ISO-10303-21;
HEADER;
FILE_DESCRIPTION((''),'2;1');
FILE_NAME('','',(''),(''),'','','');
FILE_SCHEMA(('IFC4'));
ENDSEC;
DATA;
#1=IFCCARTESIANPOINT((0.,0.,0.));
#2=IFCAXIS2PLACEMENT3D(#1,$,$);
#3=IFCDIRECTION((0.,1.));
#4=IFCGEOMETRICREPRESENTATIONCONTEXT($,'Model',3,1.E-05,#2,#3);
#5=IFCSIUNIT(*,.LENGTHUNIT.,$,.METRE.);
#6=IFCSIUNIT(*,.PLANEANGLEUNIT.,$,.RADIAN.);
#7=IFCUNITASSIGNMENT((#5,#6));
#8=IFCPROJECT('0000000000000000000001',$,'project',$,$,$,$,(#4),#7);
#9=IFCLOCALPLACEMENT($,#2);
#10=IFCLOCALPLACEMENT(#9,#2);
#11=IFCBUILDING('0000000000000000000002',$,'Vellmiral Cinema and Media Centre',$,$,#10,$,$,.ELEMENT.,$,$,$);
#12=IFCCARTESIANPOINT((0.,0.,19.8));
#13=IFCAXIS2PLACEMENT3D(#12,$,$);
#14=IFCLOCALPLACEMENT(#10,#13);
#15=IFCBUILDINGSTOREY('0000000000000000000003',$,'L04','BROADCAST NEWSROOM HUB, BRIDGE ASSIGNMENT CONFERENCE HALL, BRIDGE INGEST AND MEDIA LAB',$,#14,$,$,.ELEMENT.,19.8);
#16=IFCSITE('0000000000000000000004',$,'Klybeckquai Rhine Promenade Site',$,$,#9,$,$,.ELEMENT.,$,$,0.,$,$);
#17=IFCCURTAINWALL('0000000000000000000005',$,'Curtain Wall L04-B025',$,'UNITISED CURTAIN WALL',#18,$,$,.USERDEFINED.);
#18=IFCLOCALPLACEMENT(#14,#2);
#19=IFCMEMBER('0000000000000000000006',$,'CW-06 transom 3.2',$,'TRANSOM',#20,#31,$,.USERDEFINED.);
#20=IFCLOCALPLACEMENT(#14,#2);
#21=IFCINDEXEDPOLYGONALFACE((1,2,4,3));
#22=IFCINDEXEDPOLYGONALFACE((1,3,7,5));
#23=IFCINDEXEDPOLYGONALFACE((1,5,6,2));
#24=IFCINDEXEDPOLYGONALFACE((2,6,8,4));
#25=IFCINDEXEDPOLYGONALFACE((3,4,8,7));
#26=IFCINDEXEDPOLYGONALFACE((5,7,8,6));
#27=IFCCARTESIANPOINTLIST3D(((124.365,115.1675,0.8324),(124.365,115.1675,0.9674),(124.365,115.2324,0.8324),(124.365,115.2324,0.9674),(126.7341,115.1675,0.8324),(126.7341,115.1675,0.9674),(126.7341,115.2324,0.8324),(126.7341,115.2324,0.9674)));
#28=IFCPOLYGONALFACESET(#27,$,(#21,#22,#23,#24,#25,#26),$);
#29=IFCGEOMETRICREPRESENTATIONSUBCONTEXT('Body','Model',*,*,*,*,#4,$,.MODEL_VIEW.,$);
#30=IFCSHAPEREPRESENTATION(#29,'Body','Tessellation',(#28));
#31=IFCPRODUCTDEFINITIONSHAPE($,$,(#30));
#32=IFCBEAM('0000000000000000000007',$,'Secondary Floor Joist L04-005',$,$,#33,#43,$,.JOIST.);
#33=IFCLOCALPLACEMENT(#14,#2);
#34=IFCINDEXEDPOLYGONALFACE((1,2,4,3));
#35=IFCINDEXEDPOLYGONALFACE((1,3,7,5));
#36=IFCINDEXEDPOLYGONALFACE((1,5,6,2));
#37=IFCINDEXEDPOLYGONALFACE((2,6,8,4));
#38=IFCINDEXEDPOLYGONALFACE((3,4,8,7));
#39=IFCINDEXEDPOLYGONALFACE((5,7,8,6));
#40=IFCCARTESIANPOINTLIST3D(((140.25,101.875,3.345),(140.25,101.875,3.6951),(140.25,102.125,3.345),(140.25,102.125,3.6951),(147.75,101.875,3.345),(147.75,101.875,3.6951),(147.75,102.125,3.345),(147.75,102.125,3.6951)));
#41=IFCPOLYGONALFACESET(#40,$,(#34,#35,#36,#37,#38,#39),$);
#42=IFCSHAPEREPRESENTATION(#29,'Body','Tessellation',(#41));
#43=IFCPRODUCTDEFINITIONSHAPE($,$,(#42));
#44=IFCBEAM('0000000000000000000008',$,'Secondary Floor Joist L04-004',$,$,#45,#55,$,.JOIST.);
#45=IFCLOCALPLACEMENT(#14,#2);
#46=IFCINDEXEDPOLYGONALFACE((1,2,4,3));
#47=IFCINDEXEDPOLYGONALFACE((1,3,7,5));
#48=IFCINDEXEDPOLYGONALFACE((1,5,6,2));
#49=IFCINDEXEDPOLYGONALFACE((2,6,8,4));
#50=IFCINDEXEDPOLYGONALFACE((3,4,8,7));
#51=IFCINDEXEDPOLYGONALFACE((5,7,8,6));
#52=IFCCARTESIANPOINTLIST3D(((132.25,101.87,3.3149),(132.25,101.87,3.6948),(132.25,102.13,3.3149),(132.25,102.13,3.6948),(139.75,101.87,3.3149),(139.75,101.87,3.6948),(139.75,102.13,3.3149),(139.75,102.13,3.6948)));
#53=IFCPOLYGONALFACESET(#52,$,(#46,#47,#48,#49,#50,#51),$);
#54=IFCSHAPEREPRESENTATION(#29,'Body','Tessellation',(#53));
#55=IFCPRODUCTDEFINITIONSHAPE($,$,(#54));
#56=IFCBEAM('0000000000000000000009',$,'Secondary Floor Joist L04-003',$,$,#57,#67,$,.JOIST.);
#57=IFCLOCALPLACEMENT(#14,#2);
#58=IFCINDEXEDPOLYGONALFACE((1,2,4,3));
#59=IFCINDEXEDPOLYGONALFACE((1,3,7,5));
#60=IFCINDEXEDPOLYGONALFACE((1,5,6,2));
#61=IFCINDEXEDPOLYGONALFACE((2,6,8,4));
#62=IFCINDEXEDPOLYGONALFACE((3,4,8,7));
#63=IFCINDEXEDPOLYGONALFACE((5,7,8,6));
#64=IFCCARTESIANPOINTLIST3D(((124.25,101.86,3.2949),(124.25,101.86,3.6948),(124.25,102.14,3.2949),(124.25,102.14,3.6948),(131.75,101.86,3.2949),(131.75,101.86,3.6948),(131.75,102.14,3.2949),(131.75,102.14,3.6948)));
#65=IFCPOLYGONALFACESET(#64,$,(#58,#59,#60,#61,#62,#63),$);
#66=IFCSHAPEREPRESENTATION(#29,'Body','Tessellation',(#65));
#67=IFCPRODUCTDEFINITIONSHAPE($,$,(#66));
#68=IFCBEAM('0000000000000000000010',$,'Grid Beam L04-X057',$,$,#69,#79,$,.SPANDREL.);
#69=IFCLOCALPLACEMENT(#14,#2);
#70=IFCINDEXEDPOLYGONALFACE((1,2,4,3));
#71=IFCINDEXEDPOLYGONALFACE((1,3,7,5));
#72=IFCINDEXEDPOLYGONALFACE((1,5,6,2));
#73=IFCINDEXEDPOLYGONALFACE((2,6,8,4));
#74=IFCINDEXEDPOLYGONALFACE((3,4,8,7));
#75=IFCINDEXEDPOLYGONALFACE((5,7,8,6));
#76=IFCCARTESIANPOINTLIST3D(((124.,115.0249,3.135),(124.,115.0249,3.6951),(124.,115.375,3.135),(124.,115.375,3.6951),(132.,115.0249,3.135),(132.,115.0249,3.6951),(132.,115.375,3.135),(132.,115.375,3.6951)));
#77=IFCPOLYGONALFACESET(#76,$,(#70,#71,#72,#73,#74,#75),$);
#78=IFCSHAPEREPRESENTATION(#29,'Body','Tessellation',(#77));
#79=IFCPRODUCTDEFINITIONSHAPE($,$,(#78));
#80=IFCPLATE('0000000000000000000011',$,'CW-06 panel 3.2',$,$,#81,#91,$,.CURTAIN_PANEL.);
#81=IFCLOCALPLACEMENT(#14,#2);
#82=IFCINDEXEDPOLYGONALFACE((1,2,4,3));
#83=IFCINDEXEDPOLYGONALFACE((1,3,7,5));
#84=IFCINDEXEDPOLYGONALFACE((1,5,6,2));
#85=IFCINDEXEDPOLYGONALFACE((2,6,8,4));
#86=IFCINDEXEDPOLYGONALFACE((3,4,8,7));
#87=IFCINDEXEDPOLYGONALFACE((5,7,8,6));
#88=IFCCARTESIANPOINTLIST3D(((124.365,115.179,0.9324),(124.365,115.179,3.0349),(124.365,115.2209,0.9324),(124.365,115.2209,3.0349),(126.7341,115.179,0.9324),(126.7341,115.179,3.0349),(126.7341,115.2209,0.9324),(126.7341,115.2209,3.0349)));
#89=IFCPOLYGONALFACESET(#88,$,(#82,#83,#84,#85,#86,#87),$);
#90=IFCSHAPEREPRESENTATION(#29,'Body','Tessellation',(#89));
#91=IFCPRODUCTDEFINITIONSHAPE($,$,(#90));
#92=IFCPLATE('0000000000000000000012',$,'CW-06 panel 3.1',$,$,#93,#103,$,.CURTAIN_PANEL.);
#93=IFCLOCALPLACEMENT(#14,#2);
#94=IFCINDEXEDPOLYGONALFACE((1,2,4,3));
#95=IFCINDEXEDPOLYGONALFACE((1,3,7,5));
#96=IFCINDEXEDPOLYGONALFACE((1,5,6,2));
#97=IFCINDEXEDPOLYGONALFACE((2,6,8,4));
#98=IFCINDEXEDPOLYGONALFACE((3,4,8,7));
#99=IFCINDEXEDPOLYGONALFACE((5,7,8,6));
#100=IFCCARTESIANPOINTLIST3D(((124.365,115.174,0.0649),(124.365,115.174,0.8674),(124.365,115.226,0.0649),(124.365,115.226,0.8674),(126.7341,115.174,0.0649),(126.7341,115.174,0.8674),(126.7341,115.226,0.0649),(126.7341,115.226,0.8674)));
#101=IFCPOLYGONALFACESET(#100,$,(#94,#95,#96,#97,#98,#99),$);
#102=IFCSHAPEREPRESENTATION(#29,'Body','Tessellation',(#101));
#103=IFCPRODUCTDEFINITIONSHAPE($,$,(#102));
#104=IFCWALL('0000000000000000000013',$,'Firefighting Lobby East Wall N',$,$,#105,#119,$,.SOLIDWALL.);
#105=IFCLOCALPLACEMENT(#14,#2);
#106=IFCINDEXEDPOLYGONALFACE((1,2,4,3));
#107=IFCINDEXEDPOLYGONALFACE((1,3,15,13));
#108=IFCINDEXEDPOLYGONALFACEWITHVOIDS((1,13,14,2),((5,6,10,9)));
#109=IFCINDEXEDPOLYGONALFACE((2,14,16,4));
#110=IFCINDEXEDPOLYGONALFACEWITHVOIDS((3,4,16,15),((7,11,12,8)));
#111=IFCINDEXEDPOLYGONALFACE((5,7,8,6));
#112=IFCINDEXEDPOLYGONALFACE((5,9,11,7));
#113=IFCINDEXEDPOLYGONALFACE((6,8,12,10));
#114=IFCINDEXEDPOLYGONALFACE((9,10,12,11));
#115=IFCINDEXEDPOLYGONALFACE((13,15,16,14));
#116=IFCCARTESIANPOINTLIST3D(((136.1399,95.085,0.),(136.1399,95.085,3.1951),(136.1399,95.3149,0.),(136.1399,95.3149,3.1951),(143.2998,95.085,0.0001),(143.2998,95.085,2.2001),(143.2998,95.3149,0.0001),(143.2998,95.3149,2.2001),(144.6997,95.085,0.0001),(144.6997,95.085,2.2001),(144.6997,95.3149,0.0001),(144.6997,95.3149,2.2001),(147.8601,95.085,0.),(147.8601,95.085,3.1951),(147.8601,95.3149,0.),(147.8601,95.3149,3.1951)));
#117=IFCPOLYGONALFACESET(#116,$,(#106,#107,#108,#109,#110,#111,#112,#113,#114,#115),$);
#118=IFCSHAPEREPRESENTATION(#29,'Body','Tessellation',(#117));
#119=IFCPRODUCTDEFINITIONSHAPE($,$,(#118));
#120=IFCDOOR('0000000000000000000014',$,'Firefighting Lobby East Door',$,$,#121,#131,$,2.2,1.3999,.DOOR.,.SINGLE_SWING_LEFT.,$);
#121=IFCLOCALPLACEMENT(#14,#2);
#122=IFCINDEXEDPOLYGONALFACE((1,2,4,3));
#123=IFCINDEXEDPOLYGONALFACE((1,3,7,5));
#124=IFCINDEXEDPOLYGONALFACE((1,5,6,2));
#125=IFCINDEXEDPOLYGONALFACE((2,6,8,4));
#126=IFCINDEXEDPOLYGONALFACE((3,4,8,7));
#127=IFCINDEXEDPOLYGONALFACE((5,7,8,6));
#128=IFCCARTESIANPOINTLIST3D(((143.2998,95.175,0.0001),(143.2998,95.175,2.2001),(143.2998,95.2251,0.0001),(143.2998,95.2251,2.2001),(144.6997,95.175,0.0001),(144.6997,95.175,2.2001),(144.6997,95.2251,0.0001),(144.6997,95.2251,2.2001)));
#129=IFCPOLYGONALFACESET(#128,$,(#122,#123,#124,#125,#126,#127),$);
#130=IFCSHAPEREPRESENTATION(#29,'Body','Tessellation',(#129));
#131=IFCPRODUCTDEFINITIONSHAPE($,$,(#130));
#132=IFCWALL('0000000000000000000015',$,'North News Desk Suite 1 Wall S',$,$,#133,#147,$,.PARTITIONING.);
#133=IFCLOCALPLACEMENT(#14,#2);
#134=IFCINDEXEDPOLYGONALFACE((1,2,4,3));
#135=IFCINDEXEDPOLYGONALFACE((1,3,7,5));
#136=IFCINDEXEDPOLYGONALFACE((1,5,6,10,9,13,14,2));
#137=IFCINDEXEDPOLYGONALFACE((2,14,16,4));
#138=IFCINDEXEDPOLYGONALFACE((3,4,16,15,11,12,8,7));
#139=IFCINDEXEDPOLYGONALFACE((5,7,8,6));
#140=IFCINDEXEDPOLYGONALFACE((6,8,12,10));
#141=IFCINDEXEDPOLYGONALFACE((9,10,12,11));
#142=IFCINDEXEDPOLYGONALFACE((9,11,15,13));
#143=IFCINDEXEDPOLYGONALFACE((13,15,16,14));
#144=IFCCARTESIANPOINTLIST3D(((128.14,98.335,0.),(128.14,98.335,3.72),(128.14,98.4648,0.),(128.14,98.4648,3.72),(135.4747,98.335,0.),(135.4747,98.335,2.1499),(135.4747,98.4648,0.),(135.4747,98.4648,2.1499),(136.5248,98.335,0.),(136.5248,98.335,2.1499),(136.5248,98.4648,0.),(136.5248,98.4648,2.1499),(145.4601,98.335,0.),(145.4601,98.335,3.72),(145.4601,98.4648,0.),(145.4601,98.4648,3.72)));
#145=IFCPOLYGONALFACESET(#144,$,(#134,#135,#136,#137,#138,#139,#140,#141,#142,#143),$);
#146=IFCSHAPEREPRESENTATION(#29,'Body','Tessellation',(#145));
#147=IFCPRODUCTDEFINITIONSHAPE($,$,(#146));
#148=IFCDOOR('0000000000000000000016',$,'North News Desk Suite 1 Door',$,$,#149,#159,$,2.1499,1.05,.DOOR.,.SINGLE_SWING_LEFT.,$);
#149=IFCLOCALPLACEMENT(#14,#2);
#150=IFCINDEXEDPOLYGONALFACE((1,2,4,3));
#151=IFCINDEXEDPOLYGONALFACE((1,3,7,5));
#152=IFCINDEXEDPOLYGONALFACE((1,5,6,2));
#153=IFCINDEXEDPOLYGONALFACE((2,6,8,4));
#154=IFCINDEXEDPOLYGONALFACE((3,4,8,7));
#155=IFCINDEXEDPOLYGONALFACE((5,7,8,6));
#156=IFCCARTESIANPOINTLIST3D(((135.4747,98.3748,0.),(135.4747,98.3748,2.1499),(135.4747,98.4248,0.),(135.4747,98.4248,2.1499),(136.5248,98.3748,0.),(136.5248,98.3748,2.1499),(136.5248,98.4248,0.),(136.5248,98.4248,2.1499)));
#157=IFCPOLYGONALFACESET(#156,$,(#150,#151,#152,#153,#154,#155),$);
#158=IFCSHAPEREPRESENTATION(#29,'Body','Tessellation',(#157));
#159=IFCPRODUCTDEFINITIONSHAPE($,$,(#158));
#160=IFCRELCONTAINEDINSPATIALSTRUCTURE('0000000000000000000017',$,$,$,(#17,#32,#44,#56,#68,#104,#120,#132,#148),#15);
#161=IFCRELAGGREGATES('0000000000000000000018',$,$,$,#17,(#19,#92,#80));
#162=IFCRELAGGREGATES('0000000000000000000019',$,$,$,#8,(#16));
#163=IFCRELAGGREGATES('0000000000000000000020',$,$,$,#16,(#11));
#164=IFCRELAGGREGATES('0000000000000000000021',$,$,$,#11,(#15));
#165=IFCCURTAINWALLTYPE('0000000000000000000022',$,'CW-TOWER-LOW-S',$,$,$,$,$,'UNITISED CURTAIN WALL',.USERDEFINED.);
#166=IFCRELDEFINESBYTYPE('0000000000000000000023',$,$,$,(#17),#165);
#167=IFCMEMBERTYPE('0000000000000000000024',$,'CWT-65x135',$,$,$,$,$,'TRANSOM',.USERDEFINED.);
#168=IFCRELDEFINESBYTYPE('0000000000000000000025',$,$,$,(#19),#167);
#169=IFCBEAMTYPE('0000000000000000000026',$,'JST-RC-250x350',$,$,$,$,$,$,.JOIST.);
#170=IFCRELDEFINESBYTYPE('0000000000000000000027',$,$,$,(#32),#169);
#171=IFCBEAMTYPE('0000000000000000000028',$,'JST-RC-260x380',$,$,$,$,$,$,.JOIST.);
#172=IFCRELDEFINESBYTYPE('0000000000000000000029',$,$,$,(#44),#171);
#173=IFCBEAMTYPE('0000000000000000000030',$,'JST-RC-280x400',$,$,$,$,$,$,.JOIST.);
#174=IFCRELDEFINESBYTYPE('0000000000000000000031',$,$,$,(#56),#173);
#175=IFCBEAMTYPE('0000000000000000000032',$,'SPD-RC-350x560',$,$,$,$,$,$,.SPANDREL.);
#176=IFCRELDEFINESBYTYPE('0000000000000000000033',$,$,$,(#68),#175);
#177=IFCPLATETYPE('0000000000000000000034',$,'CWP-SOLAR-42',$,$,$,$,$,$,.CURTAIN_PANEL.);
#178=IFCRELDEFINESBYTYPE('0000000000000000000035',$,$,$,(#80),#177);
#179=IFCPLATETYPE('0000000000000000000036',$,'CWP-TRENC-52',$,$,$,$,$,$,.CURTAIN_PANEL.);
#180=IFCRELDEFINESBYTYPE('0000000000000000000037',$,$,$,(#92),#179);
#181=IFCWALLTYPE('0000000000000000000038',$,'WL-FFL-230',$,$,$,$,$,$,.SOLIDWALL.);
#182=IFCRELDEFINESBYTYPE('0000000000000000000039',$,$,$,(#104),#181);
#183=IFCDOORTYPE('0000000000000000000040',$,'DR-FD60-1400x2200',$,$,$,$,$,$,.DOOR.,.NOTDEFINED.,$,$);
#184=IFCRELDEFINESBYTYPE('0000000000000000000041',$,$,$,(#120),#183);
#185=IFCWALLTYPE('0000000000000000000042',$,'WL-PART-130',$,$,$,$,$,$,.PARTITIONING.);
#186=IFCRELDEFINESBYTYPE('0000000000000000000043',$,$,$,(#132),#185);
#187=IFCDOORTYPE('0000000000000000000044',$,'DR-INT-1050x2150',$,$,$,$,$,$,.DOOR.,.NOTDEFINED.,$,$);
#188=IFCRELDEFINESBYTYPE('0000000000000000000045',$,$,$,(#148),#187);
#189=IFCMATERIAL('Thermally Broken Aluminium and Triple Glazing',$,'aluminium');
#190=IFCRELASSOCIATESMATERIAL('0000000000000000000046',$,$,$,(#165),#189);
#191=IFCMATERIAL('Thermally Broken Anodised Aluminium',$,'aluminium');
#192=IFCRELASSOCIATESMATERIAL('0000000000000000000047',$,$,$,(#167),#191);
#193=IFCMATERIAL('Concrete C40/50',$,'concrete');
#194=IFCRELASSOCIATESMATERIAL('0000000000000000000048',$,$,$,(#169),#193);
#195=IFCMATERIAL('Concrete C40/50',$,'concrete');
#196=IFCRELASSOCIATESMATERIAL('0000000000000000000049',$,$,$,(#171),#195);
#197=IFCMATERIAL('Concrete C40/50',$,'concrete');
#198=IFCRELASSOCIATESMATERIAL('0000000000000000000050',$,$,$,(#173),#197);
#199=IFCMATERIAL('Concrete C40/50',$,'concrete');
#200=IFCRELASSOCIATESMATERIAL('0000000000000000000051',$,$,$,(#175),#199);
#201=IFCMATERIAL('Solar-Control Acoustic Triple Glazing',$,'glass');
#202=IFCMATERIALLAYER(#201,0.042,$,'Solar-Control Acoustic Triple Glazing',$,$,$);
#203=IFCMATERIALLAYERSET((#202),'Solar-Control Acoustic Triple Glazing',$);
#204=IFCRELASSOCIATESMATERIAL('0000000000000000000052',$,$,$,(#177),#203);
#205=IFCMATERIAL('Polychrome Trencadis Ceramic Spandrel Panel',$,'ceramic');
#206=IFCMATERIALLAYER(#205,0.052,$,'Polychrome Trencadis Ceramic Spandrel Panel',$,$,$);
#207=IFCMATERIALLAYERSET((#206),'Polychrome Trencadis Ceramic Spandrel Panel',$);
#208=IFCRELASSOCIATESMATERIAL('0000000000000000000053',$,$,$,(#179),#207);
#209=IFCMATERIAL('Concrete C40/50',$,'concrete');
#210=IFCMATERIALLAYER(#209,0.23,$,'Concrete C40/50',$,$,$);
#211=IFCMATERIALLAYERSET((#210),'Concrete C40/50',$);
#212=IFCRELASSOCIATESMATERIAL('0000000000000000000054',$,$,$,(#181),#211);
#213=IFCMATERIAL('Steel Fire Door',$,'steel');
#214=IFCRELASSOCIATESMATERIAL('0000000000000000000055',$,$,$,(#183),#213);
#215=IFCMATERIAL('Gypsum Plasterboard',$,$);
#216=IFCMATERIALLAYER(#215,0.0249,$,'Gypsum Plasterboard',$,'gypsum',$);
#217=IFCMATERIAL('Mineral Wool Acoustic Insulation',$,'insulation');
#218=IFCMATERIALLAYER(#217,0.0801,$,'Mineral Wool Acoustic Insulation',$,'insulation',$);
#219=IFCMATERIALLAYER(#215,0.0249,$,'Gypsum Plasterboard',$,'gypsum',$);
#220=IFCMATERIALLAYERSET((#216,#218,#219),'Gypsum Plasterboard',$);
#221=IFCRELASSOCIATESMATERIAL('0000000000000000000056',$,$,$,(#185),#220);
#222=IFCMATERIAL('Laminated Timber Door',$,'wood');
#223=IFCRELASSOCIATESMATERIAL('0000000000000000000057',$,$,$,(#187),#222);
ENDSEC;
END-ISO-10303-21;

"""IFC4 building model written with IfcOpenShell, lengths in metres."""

from ifc_helpers import new_model, si_unit, direction, frame, frame_2d, origin, origin_2d, place, context, subcontext, project, spatial, rectangle, extrude, material, layer, layer_set, material_profile, profile_set, type_object, element, fill, aggregate, save


model = new_model("IFC4")

# Units and contexts
model_context = context("Model", 3, precision=1e-05, world=origin(), true_north=direction((0.0, 1.0)))
body_context = subcontext(model_context, "Body", "Model", "MODEL_VIEW")
ifc_project = project(units=[si_unit("LENGTHUNIT", "METRE"), si_unit("PLANEANGLEUNIT", "RADIAN")], contexts=[model_context])

# Site, building, storey
site_placement = place(None, origin())
site = spatial("IfcSite", under=ifc_project, at=site_placement, Name="Klybeckquai Rhine Promenade Site", CompositionType="ELEMENT", RefElevation=0.0)
building_placement = place(site_placement, origin())
building = spatial("IfcBuilding", under=site, at=building_placement, Name="Vellmiral Cinema and Media Centre", CompositionType="ELEMENT")
storey_placement = place(building_placement, frame((0.0, 0.0, 19.8)))
storey = spatial("IfcBuildingStorey", under=building, at=storey_placement, Name="L04", Description="BROADCAST NEWSROOM HUB, BRIDGE ASSIGNMENT CONFERENCE HALL, BRIDGE INGEST AND MEDIA LAB", CompositionType="ELEMENT", Elevation=19.8)

# Curtain wall, member
ifc_material_1 = material(Name="Thermally Broken Aluminium and Triple Glazing", Category="aluminium")
curtain_wall_type = type_object("IfcCurtainWallType", Name="CW-TOWER-LOW-S", ElementType="UNITISED CURTAIN WALL", PredefinedType="USERDEFINED", material=ifc_material_1)
curtain_wall_placement = place(storey_placement, origin())
curtain_wall = element("IfcCurtainWall", 1, at=curtain_wall_placement, inside=storey, type_object=curtain_wall_type, Name="Curtain Wall L04-B025", ObjectType="UNITISED CURTAIN WALL", PredefinedType="USERDEFINED")
ifc_material_2 = material(Name="Thermally Broken Anodised Aluminium", Category="aluminium")
ifc_material_profile_1 = material_profile(ifc_material_2, rectangle(XDim=0.0649, YDim=0.135, at=origin_2d()), Name="MULL 65x135")
ifc_profile_set_1 = profile_set([ifc_material_profile_1], Name="Thermally Broken Anodised Aluminium")
member_type_1 = type_object("IfcMemberType", Name="CWT-65x135", ElementType="TRANSOM", PredefinedType="USERDEFINED", material=ifc_profile_set_1)
member_1_placement = place(storey_placement, frame((126.7341, 115.2, 0.8999), z_axis=(-1.0, 0.0, 0.0), x_axis=(0.0, -1.0, 0.0)))
member_1 = element("IfcMember", 2, at=member_1_placement, type_object=member_type_1, Name="CW-06 transom 3.2", ObjectType="TRANSOM", PredefinedType="USERDEFINED", context=body_context, shape_type="SweptSolid", body=[
    extrude(rectangle(XDim=0.0649, YDim=0.135, at=origin_2d()), origin(), (0.0, 0.0, 1.0), 2.3691),
])

# Beams
ifc_material_3 = material(Name="Concrete C40/50", Category="concrete")
ifc_material_profile_2 = material_profile(ifc_material_3, rectangle(XDim=0.25, YDim=0.3501, at=origin_2d()), Name="RC 250x350")
ifc_profile_set_2 = profile_set([ifc_material_profile_2], Name="Concrete C40/50")
beam_type_1 = type_object("IfcBeamType", Name="JST-RC-250x350", PredefinedType="JOIST", material=ifc_profile_set_2)
beam_1_placement = place(storey_placement, frame((140.25, 102.0, 3.52), z_axis=(1.0, 0.0, 0.0), x_axis=(0.0, 1.0, 0.0)))
element("IfcBeam", 3, at=beam_1_placement, inside=storey, type_object=beam_type_1, Name="Secondary Floor Joist L04-005", PredefinedType="JOIST", context=body_context, shape_type="SweptSolid", body=[
    extrude(rectangle(XDim=0.25, YDim=0.3501, at=origin_2d()), origin(), (0.0, 0.0, 1.0), 7.5),
])
ifc_material_4 = material(Name="Concrete C40/50", Category="concrete")
ifc_material_profile_3 = material_profile(ifc_material_4, rectangle(XDim=0.26, YDim=0.3799, at=origin_2d()), Name="RC 260x380")
ifc_profile_set_3 = profile_set([ifc_material_profile_3], Name="Concrete C40/50")
beam_type_2 = type_object("IfcBeamType", Name="JST-RC-260x380", PredefinedType="JOIST", material=ifc_profile_set_3)
beam_2_placement = place(storey_placement, frame((132.25, 102.0, 3.5049), z_axis=(1.0, 0.0, 0.0), x_axis=(0.0, 1.0, 0.0)))
element("IfcBeam", 4, at=beam_2_placement, inside=storey, type_object=beam_type_2, Name="Secondary Floor Joist L04-004", PredefinedType="JOIST", context=body_context, shape_type="SweptSolid", body=[
    extrude(rectangle(XDim=0.26, YDim=0.3799, at=origin_2d()), origin(), (0.0, 0.0, 1.0), 7.5),
])
ifc_material_5 = material(Name="Concrete C40/50", Category="concrete")
ifc_material_profile_4 = material_profile(ifc_material_5, rectangle(XDim=0.28, YDim=0.3999, at=origin_2d()), Name="RC 280x400")
ifc_profile_set_4 = profile_set([ifc_material_profile_4], Name="Concrete C40/50")
beam_type_3 = type_object("IfcBeamType", Name="JST-RC-280x400", PredefinedType="JOIST", material=ifc_profile_set_4)
beam_3_placement = place(storey_placement, frame((124.25, 102.0, 3.4949), z_axis=(1.0, 0.0, 0.0), x_axis=(0.0, 1.0, 0.0)))
element("IfcBeam", 5, at=beam_3_placement, inside=storey, type_object=beam_type_3, Name="Secondary Floor Joist L04-003", PredefinedType="JOIST", context=body_context, shape_type="SweptSolid", body=[
    extrude(rectangle(XDim=0.28, YDim=0.3999, at=origin_2d()), origin(), (0.0, 0.0, 1.0), 7.5),
])
ifc_material_6 = material(Name="Concrete C40/50", Category="concrete")
ifc_material_profile_5 = material_profile(ifc_material_6, rectangle(XDim=0.3501, YDim=0.5601, at=origin_2d()), Name="RC 350x560")
ifc_profile_set_5 = profile_set([ifc_material_profile_5], Name="Concrete C40/50")
beam_type_4 = type_object("IfcBeamType", Name="SPD-RC-350x560", PredefinedType="SPANDREL", material=ifc_profile_set_5)
beam_4_placement = place(storey_placement, frame((124.0, 115.2, 3.415), z_axis=(1.0, 0.0, 0.0), x_axis=(0.0, 1.0, 0.0)))
element("IfcBeam", 6, at=beam_4_placement, inside=storey, type_object=beam_type_4, Name="Grid Beam L04-X057", PredefinedType="SPANDREL", context=body_context, shape_type="SweptSolid", body=[
    extrude(rectangle(XDim=0.3501, YDim=0.5601, at=origin_2d()), origin(), (0.0, 0.0, 1.0), 8.0),
])

# Plates
ifc_material_7 = material(Name="Solar-Control Acoustic Triple Glazing", Category="glass")
ifc_layer_1 = layer(ifc_material_7, 0.042, Name="Solar-Control Acoustic Triple Glazing")
ifc_layer_set_1 = layer_set([ifc_layer_1], Name="Solar-Control Acoustic Triple Glazing")
plate_type_1 = type_object("IfcPlateType", Name="CWP-SOLAR-42", PredefinedType="CURTAIN_PANEL", material=ifc_layer_set_1)
plate_1_placement = place(storey_placement, frame((125.5496, 115.2, 0.9324), z_axis=(0.0, 0.0, 1.0), x_axis=(-1.0, 0.0, 0.0)))
plate_1 = element("IfcPlate", 7, at=plate_1_placement, type_object=plate_type_1, Name="CW-06 panel 3.2", PredefinedType="CURTAIN_PANEL", context=body_context, shape_type="SweptSolid", body=[
    extrude(rectangle(XDim=2.3691, YDim=0.042, at=origin_2d()), origin(), (0.0, 0.0, 1.0), 2.1025),
])
ifc_material_8 = material(Name="Polychrome Trencadis Ceramic Spandrel Panel", Category="ceramic")
ifc_layer_2 = layer(ifc_material_8, 0.052, Name="Polychrome Trencadis Ceramic Spandrel Panel")
ifc_layer_set_2 = layer_set([ifc_layer_2], Name="Polychrome Trencadis Ceramic Spandrel Panel")
plate_type_2 = type_object("IfcPlateType", Name="CWP-TRENC-52", PredefinedType="CURTAIN_PANEL", material=ifc_layer_set_2)
plate_2_placement = place(storey_placement, frame((125.5496, 115.2, 0.0649), z_axis=(0.0, 0.0, 1.0), x_axis=(-1.0, 0.0, 0.0)))
plate_2 = element("IfcPlate", 8, at=plate_2_placement, type_object=plate_type_2, Name="CW-06 panel 3.1", PredefinedType="CURTAIN_PANEL", context=body_context, shape_type="SweptSolid", body=[
    extrude(rectangle(XDim=2.3691, YDim=0.052, at=origin_2d()), origin(), (0.0, 0.0, 1.0), 0.8025),
])
aggregate(curtain_wall, [member_1, plate_2, plate_1])

# Walls, openings, doors
ifc_material_9 = material(Name="Concrete C40/50", Category="concrete")
ifc_layer_3 = layer(ifc_material_9, 0.23, Name="Concrete C40/50")
ifc_layer_set_3 = layer_set([ifc_layer_3], Name="Concrete C40/50")
wall_type_1 = type_object("IfcWallType", Name="WL-FFL-230", PredefinedType="SOLIDWALL", material=ifc_layer_set_3)
wall_1_placement = place(storey_placement, frame((136.1399, 95.2, 0.0), z_axis=(0.0, 0.0, 1.0), x_axis=(1.0, 0.0, 0.0)))
wall_1 = element("IfcWall", 9, at=wall_1_placement, inside=storey, type_object=wall_type_1, Name="Firefighting Lobby East Wall N", PredefinedType="SOLIDWALL", context=body_context, shape_type="SweptSolid", body=[
    extrude(rectangle(XDim=11.7202, YDim=0.23, at=frame_2d((5.8601, 0.0))), origin(), (0.0, 0.0, 1.0), 3.1951),
])
opening_1_placement = place(wall_1_placement, frame((7.1599, 0.0, 0.0)))
opening_1 = element("IfcOpeningElement", 10, at=opening_1_placement, cuts=wall_1, PredefinedType="OPENING", context=body_context, shape_type="SweptSolid", body=[
    extrude(rectangle(XDim=1.3999, YDim=2.2, at=frame_2d((0.7, 1.1001))), frame((0.0, 0.127, 0.0), z_axis=(0.0, -1.0, 0.0), x_axis=(1.0, 0.0, 0.0)), (0.0, 0.0, 1.0), 0.2539),
])
ifc_material_10 = material(Name="Steel Fire Door", Category="steel")
door_type_1 = type_object("IfcDoorType", Name="DR-FD60-1400x2200", OperationType="NOTDEFINED", PredefinedType="DOOR", material=ifc_material_10)
door_1_placement = place(opening_1_placement, frame((1.3999, 0.0, 0.0), z_axis=(0.0, 0.0, 1.0), x_axis=(-1.0, 0.0, 0.0)))
door_1 = element("IfcDoor", 11, at=door_1_placement, inside=storey, type_object=door_type_1, Name="Firefighting Lobby East Door", OperationType="SINGLE_SWING_LEFT", OverallHeight=2.2, OverallWidth=1.3999, PredefinedType="DOOR", context=body_context, shape_type="SweptSolid", body=[
    extrude(rectangle(XDim=1.3999, YDim=2.2, at=frame_2d((0.7, 1.1001))), frame((0.0, 0.0249, 0.0), z_axis=(0.0, -1.0, 0.0), x_axis=(1.0, 0.0, 0.0)), (0.0, 0.0, 1.0), 0.05),
])
fill(opening_1, door_1)
ifc_material_11 = material(Name="Gypsum Plasterboard")
ifc_layer_4 = layer(ifc_material_11, 0.0249, Name="Gypsum Plasterboard", Category="gypsum")
ifc_material_12 = material(Name="Mineral Wool Acoustic Insulation", Category="insulation")
ifc_layer_5 = layer(ifc_material_12, 0.0801, Name="Mineral Wool Acoustic Insulation", Category="insulation")
ifc_layer_6 = layer(ifc_material_11, 0.0249, Name="Gypsum Plasterboard", Category="gypsum")
ifc_layer_set_4 = layer_set([ifc_layer_4, ifc_layer_5, ifc_layer_6], Name="Gypsum Plasterboard")
wall_type_2 = type_object("IfcWallType", Name="WL-PART-130", PredefinedType="PARTITIONING", material=ifc_layer_set_4)
wall_2_placement = place(storey_placement, frame((128.1399, 98.3999, 0.0), z_axis=(0.0, 0.0, 1.0), x_axis=(1.0, 0.0, 0.0)))
wall_2 = element("IfcWall", 12, at=wall_2_placement, inside=storey, type_object=wall_type_2, Name="North News Desk Suite 1 Wall S", PredefinedType="PARTITIONING", context=body_context, shape_type="SweptSolid", body=[
    extrude(rectangle(XDim=17.3201, YDim=0.1299, at=frame_2d((8.6602, 0.0))), origin(), (0.0, 0.0, 1.0), 3.72),
])
opening_2_placement = place(wall_2_placement, frame((7.335, 0.0, 0.0)))
opening_2 = element("IfcOpeningElement", 13, at=opening_2_placement, cuts=wall_2, PredefinedType="OPENING", context=body_context, shape_type="SweptSolid", body=[
    extrude(rectangle(XDim=1.05, YDim=2.1499, at=frame_2d((0.5249, 1.075))), frame((0.0, 0.0769, 0.0), z_axis=(0.0, -1.0, 0.0), x_axis=(1.0, 0.0, 0.0)), (0.0, 0.0, 1.0), 0.1538),
])
ifc_material_13 = material(Name="Laminated Timber Door", Category="wood")
door_type_2 = type_object("IfcDoorType", Name="DR-INT-1050x2150", OperationType="NOTDEFINED", PredefinedType="DOOR", material=ifc_material_13)
door_2_placement = place(opening_2_placement, origin())
door_2 = element("IfcDoor", 14, at=door_2_placement, inside=storey, type_object=door_type_2, Name="North News Desk Suite 1 Door", OperationType="SINGLE_SWING_LEFT", OverallHeight=2.1499, OverallWidth=1.05, PredefinedType="DOOR", context=body_context, shape_type="SweptSolid", body=[
    extrude(rectangle(XDim=1.05, YDim=2.1499, at=frame_2d((0.5249, 1.075))), frame((0.0, 0.0249, 0.0), z_axis=(0.0, -1.0, 0.0), x_axis=(1.0, 0.0, 0.0)), (0.0, 0.0, 1.0), 0.05),
])
fill(opening_2, door_2)

save(model, "model.ifc")
